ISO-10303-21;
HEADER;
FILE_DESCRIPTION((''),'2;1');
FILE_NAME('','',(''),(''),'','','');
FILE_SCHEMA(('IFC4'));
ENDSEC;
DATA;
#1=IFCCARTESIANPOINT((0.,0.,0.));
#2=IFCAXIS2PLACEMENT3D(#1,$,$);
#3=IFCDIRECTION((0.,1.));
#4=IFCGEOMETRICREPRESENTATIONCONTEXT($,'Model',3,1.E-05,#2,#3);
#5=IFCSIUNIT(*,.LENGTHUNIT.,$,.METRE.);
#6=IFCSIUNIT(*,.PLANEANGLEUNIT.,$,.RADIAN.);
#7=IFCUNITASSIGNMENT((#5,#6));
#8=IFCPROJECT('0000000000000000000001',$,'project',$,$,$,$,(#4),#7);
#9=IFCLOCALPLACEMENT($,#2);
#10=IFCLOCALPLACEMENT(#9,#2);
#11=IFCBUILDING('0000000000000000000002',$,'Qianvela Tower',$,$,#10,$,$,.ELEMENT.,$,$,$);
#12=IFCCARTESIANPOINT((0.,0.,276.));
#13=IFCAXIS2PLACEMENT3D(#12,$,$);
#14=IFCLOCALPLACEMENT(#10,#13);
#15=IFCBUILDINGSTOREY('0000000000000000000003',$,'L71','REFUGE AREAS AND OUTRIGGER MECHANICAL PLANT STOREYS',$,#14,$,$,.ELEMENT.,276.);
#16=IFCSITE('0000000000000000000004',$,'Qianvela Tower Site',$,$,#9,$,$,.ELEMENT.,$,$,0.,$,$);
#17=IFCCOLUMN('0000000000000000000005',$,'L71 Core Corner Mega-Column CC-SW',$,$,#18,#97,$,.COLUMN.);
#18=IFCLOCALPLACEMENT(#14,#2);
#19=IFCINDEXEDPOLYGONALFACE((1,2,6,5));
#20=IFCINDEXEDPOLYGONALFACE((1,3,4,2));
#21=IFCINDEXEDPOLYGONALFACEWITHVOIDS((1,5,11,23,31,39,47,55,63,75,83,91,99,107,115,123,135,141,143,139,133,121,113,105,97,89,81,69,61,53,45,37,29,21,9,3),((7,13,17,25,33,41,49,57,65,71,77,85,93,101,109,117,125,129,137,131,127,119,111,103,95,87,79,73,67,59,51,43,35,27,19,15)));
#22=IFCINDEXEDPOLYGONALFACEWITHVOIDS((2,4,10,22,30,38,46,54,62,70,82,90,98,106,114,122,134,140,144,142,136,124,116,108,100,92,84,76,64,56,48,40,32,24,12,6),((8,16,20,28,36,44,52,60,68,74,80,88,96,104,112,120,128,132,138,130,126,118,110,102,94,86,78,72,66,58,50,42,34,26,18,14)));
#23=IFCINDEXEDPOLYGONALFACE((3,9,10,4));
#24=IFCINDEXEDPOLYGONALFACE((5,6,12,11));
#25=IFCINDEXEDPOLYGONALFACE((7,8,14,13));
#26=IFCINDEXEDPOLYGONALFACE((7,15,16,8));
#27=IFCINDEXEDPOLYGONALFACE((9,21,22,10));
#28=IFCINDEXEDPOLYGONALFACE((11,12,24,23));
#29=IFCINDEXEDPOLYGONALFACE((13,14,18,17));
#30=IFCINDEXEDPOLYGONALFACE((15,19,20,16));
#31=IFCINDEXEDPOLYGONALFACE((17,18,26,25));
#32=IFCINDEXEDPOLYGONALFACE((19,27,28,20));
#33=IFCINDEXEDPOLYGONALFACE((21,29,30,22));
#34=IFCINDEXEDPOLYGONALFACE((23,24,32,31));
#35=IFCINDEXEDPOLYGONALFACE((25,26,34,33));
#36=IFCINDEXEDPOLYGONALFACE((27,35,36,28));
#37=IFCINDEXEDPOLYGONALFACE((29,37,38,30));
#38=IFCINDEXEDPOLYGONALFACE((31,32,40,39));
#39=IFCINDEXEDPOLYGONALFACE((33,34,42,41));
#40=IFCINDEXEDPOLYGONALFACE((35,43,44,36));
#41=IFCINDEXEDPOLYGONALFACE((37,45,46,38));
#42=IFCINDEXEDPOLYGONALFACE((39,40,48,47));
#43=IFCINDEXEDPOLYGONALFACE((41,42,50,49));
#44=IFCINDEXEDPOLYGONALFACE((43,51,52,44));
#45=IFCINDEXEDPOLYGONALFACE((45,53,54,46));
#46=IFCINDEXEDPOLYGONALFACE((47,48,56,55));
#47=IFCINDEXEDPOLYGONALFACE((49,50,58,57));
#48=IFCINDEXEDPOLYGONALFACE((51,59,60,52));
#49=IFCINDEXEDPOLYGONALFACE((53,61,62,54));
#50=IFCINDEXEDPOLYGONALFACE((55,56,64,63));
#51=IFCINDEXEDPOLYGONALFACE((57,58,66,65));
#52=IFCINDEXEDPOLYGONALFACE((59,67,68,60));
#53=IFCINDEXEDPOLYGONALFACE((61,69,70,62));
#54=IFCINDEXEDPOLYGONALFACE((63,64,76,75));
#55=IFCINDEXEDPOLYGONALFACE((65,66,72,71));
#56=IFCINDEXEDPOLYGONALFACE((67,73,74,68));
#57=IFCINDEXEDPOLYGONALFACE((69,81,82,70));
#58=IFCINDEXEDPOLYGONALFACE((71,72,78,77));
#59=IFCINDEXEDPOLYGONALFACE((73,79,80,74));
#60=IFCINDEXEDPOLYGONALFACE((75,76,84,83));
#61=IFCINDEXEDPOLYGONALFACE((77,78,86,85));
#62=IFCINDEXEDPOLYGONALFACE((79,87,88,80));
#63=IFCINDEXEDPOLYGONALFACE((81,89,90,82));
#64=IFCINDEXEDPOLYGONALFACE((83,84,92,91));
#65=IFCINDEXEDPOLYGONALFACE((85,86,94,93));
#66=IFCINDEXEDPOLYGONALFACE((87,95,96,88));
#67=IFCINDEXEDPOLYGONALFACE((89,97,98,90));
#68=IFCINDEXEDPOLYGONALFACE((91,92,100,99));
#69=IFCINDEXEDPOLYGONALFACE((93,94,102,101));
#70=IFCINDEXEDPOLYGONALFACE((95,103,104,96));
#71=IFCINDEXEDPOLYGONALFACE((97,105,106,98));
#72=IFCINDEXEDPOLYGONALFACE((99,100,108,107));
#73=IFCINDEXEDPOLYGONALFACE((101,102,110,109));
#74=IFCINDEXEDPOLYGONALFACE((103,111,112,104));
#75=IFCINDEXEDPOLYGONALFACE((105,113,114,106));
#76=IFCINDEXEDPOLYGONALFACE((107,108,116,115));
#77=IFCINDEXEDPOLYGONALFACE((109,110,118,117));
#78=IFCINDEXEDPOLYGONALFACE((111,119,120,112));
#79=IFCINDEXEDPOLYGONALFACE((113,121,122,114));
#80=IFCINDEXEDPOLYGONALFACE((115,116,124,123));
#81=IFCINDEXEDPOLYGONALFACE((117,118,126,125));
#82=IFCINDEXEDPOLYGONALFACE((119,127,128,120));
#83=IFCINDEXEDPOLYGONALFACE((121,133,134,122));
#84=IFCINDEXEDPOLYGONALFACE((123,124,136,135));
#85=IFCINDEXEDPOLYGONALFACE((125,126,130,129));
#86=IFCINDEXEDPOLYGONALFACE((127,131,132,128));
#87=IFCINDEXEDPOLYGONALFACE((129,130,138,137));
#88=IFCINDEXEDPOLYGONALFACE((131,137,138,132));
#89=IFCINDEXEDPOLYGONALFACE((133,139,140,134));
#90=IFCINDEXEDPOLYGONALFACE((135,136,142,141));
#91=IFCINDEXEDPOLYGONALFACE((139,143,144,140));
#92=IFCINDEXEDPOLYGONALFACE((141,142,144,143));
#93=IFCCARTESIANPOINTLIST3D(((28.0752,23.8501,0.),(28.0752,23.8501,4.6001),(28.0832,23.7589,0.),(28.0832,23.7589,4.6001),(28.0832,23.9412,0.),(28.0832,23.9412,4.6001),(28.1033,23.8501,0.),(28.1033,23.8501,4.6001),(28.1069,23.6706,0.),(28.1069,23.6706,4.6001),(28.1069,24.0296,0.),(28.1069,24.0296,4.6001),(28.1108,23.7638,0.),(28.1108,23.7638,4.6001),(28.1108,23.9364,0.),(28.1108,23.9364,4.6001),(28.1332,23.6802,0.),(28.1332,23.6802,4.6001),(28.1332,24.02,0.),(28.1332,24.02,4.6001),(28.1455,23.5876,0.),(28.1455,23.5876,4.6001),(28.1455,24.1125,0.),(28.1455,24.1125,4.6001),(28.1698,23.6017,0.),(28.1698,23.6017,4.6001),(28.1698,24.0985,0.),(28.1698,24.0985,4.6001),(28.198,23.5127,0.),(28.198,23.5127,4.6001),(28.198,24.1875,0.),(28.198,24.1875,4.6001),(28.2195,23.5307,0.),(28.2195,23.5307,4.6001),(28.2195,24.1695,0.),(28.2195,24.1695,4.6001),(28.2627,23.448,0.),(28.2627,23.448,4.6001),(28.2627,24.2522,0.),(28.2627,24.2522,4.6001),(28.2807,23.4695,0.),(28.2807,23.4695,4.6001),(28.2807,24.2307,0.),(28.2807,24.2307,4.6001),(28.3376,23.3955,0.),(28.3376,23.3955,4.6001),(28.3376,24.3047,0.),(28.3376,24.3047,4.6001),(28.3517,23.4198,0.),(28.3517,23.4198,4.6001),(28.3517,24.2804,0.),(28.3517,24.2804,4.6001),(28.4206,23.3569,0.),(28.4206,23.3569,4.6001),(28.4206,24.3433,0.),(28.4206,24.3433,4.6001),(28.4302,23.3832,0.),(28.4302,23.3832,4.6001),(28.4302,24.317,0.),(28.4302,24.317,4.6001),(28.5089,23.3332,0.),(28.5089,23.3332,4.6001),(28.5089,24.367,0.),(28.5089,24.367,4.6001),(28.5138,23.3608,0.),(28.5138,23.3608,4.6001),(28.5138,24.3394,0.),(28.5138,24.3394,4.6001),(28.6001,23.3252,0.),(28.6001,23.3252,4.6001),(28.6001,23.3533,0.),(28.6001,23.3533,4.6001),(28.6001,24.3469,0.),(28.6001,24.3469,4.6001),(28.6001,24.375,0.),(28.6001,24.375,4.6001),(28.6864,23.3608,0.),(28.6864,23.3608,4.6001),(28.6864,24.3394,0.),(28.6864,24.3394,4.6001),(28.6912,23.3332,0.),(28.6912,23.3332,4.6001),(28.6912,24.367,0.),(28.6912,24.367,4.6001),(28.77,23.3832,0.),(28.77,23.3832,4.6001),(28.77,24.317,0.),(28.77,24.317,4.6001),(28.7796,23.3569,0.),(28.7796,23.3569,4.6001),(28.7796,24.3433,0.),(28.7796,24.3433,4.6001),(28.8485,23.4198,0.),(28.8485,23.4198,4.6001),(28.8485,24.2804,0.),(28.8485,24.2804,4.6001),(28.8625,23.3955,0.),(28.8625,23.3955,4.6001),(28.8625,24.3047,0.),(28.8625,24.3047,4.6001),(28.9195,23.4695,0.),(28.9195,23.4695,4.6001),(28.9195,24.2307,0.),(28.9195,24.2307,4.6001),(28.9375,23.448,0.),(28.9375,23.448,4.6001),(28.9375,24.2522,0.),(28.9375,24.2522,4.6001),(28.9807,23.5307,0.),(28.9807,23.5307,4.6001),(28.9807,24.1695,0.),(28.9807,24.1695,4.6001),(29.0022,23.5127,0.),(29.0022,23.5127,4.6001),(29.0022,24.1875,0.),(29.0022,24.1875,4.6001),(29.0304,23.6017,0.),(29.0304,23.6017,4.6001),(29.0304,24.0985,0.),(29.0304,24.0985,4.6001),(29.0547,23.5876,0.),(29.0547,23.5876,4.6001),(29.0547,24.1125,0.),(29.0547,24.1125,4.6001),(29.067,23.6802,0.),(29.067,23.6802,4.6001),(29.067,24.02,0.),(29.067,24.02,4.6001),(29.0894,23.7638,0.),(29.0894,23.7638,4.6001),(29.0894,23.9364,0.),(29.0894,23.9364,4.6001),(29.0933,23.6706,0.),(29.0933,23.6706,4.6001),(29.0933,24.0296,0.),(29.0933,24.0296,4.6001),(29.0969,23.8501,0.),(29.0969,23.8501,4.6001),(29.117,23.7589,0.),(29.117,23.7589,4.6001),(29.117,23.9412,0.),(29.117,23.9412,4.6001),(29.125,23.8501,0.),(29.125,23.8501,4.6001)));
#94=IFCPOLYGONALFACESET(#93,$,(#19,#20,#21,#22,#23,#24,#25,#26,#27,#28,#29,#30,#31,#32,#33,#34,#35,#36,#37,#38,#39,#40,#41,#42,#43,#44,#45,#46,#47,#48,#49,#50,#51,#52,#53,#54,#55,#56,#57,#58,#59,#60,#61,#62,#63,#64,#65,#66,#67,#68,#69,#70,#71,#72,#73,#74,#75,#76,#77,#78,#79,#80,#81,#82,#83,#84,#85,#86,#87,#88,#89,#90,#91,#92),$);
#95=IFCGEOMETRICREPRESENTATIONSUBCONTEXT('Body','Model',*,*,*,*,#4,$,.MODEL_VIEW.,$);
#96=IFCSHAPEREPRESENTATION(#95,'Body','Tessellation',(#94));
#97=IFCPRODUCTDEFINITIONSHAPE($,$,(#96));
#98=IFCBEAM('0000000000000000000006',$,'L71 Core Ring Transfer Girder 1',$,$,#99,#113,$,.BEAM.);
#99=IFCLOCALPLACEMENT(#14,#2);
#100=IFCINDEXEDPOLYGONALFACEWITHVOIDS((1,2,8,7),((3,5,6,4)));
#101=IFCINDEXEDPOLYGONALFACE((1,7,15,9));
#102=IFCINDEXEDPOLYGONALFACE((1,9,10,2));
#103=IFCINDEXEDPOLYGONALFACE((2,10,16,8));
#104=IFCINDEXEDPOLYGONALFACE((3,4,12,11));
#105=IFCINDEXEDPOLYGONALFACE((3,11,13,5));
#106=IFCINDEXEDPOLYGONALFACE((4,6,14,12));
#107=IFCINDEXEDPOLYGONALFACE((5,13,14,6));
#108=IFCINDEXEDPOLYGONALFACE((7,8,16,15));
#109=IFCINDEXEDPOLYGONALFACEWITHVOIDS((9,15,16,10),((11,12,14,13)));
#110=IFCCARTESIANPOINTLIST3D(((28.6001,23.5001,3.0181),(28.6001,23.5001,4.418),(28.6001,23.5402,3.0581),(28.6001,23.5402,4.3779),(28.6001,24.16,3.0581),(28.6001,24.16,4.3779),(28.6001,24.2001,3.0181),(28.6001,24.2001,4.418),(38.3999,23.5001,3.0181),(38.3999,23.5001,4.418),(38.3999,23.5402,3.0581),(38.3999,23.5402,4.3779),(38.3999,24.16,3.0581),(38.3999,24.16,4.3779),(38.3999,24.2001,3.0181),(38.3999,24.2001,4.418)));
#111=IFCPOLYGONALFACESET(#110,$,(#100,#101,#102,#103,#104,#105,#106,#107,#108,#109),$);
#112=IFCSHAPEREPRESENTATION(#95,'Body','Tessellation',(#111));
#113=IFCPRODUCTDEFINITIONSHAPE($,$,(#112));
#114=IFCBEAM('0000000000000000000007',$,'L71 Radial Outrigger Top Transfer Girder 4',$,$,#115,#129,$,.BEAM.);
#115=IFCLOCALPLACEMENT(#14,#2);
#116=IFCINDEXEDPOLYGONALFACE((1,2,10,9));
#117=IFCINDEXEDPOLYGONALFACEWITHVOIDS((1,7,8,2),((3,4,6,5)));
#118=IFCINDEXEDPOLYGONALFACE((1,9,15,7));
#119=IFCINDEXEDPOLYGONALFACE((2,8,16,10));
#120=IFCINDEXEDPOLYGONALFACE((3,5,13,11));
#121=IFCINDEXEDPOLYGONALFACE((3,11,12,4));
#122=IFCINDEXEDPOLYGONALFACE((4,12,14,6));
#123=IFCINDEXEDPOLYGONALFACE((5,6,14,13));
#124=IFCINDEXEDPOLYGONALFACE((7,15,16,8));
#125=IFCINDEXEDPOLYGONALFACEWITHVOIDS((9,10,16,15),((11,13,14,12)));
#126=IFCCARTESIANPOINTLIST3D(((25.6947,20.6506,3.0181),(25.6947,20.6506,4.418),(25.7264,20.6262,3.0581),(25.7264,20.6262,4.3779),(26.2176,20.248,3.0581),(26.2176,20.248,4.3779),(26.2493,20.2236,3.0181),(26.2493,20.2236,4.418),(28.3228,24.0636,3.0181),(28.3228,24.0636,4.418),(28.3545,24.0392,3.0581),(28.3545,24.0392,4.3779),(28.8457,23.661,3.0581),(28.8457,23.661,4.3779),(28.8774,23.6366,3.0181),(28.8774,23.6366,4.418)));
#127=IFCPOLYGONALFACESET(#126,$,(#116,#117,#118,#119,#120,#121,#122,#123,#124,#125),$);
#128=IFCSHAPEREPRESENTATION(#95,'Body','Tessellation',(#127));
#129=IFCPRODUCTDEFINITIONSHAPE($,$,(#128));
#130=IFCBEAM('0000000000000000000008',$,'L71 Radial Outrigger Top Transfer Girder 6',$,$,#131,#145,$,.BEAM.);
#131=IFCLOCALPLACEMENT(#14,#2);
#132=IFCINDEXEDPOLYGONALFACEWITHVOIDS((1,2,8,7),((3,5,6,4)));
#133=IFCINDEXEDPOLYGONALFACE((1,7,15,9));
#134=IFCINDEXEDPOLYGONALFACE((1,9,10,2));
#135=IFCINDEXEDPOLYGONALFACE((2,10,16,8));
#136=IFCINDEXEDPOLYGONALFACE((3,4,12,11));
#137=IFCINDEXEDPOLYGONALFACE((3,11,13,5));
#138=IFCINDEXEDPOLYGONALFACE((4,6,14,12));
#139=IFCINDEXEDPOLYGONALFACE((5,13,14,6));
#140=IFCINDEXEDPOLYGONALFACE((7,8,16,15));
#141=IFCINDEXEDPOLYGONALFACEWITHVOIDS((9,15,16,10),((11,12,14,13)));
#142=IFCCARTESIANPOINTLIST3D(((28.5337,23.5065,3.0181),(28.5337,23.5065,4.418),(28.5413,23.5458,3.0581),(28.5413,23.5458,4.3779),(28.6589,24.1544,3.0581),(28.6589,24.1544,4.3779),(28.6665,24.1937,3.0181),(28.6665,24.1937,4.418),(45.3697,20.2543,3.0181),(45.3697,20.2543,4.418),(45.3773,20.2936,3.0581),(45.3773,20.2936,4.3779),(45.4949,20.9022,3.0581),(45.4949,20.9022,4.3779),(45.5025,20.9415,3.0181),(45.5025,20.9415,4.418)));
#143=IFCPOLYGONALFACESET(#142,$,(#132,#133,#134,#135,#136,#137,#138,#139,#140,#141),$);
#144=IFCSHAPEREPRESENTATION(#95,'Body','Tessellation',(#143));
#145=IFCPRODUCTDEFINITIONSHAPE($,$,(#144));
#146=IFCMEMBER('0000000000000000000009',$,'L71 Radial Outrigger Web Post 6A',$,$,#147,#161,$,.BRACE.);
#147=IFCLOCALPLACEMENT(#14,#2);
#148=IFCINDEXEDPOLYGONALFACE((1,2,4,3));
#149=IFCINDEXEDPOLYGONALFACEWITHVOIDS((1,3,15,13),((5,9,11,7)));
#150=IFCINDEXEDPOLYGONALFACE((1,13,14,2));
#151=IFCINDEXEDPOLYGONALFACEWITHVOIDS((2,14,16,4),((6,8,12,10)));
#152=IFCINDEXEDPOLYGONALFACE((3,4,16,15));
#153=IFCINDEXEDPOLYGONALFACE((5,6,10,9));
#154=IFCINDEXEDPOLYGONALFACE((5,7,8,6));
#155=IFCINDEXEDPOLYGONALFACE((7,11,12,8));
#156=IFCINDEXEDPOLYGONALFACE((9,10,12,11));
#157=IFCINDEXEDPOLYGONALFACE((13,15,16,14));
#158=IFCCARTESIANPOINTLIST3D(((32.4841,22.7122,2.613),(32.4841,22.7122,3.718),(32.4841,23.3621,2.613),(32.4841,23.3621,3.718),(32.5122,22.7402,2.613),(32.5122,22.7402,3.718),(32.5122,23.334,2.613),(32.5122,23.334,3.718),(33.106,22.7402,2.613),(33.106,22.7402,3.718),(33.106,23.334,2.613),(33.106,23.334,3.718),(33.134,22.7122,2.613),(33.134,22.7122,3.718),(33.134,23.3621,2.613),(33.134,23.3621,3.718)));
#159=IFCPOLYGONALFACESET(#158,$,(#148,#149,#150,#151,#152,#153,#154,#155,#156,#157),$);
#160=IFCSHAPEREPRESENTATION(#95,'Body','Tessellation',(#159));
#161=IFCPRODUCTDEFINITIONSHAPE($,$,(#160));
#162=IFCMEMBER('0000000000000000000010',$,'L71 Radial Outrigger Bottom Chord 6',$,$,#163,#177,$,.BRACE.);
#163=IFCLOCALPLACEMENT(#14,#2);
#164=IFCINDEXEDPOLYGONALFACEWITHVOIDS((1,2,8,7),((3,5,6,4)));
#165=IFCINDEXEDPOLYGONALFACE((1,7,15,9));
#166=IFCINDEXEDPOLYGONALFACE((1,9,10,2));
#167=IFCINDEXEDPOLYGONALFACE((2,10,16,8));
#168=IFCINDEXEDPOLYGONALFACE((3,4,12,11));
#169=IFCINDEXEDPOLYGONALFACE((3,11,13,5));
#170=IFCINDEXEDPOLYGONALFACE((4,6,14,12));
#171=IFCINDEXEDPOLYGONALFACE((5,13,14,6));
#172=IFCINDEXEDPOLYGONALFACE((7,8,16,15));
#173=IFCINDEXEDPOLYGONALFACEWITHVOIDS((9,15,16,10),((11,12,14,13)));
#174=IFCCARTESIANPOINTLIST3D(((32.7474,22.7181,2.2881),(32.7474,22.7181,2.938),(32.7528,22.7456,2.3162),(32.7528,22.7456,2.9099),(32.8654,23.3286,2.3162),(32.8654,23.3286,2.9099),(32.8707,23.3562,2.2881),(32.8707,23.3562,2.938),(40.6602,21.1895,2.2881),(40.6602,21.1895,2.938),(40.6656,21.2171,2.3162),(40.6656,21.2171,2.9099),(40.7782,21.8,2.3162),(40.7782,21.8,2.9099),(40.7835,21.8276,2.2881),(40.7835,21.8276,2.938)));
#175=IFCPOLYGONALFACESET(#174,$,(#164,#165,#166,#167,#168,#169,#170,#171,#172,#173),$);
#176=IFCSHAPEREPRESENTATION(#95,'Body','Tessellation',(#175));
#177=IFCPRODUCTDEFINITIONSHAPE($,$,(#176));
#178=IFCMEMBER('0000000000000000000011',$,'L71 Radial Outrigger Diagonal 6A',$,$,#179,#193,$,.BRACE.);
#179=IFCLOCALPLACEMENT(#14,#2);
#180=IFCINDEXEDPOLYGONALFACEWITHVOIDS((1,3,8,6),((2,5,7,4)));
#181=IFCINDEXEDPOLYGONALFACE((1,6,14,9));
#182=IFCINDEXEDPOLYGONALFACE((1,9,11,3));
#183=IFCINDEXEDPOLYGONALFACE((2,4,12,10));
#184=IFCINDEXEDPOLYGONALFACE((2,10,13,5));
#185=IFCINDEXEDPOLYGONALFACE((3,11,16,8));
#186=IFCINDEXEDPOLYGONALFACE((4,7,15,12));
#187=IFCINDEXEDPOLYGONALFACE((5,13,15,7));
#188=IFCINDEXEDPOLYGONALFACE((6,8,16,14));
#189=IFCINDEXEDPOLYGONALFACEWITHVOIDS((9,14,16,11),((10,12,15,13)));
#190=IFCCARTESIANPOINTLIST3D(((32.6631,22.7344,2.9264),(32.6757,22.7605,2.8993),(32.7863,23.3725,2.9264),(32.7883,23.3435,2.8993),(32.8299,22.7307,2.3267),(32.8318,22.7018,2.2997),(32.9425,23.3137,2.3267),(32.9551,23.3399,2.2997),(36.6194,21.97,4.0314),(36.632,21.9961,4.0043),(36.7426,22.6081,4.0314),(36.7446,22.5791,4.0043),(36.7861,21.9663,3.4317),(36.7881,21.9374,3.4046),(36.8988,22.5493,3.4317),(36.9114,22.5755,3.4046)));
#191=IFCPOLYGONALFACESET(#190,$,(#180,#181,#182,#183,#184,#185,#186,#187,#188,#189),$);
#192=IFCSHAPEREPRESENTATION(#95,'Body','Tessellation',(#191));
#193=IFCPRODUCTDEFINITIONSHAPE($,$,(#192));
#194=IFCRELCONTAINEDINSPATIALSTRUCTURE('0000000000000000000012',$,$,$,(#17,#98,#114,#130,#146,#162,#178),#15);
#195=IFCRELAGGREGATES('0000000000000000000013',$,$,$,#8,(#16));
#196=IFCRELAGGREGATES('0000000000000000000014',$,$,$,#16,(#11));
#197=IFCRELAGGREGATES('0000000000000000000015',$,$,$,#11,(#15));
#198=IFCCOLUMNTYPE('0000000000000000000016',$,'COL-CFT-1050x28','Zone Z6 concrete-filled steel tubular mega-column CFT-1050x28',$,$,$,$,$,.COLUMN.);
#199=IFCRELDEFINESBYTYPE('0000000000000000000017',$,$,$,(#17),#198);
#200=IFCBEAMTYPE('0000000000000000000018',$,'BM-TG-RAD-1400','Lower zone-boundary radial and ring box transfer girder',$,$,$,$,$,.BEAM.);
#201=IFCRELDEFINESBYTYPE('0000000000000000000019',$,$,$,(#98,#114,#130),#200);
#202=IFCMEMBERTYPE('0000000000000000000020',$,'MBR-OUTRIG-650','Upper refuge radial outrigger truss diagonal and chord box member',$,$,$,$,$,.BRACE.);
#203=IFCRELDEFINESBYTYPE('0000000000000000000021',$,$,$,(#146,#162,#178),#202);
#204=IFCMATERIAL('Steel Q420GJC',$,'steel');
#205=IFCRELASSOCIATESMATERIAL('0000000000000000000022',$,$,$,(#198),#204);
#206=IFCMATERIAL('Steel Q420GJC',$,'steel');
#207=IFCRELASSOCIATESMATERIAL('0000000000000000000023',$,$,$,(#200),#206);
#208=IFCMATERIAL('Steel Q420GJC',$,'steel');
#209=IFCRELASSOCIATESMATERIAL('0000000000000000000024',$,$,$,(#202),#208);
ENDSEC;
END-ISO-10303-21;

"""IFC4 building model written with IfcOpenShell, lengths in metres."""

from ifc_helpers import new_model, si_unit, direction, frame, origin, origin_2d, place, context, subcontext, project, spatial, hollow_rectangle, hollow_circle, extrude, material, material_profile, profile_set, type_object, element, save


model = new_model("IFC4")

# Units and contexts
model_context = context("Model", 3, precision=1e-05, world=origin(), true_north=direction((0.0, 1.0)))
body_context = subcontext(model_context, "Body", "Model", "MODEL_VIEW")
ifc_project = project(units=[si_unit("LENGTHUNIT", "METRE"), si_unit("PLANEANGLEUNIT", "RADIAN")], contexts=[model_context])

# Site, building, storey
site_placement = place(None, origin())
site = spatial("IfcSite", under=ifc_project, at=site_placement, Name="Qianvela Tower Site", CompositionType="ELEMENT", RefElevation=0.0)
building_placement = place(site_placement, origin())
building = spatial("IfcBuilding", under=site, at=building_placement, Name="Qianvela Tower", CompositionType="ELEMENT")
storey_placement = place(building_placement, frame((0.0, 0.0, 276.0)))
storey = spatial("IfcBuildingStorey", under=building, at=storey_placement, Name="L71", Description="REFUGE AREAS AND OUTRIGGER MECHANICAL PLANT STOREYS", CompositionType="ELEMENT", Elevation=276.0)

# Column
ifc_material_1 = material(Name="Steel Q420GJC", Category="steel")
ifc_material_profile_1 = material_profile(ifc_material_1, hollow_circle(Radius=0.5249, WallThickness=0.0281, at=origin_2d()), Name="CFT-1050x28")
ifc_profile_set_1 = profile_set([ifc_material_profile_1], Name="Steel Q420GJC")
column_type = type_object("IfcColumnType", Name="COL-CFT-1050x28", Description="Zone Z6 concrete-filled steel tubular mega-column CFT-1050x28", PredefinedType="COLUMN", material=ifc_profile_set_1)
column_placement = place(storey_placement, frame((28.6001, 23.8501, 0.0), z_axis=(0.0, 0.0, 1.0), x_axis=(1.0, 0.0, 0.0)))
element("IfcColumn", 1, at=column_placement, inside=storey, type_object=column_type, Name="L71 Core Corner Mega-Column CC-SW", PredefinedType="COLUMN", context=body_context, shape_type="SweptSolid", body=[
    extrude(hollow_circle(Radius=0.5249, WallThickness=0.0281, at=origin_2d()), origin(), (0.0, 0.0, 1.0), 4.6001),
])

# Beams
ifc_material_2 = material(Name="Steel Q420GJC", Category="steel")
ifc_material_profile_2 = material_profile(ifc_material_2, hollow_rectangle(XDim=0.7, YDim=1.3999, WallThickness=0.04, at=origin_2d()), Name="TG-BOX-1400x700x40")
ifc_profile_set_2 = profile_set([ifc_material_profile_2], Name="Steel Q420GJC")
beam_type = type_object("IfcBeamType", Name="BM-TG-RAD-1400", Description="Lower zone-boundary radial and ring box transfer girder", PredefinedType="BEAM", material=ifc_profile_set_2)
beam_1_placement = place(storey_placement, frame((28.6001, 23.8501, 3.718), z_axis=(1.0, 0.0, 0.0), x_axis=(0.0, 1.0, 0.0)))
element("IfcBeam", 2, at=beam_1_placement, inside=storey, type_object=beam_type, Name="L71 Core Ring Transfer Girder 1", PredefinedType="BEAM", context=body_context, shape_type="SweptSolid", body=[
    extrude(hollow_rectangle(XDim=0.7, YDim=1.3999, WallThickness=0.04, at=origin_2d()), origin(), (0.0, 0.0, 1.0), 9.7998),
])
beam_2_placement = place(storey_placement, frame((28.6001, 23.8501, 3.718), z_axis=(-0.610108, -0.792318, 0.0), x_axis=(0.792318, -0.610108, 0.0)))
element("IfcBeam", 3, at=beam_2_placement, inside=storey, type_object=beam_type, Name="L71 Radial Outrigger Top Transfer Girder 4", PredefinedType="BEAM", context=body_context, shape_type="SweptSolid", body=[
    extrude(hollow_rectangle(XDim=0.7, YDim=1.3999, WallThickness=0.04, at=origin_2d()), origin(), (0.0, 0.0, 1.0), 4.3076),
])
beam_3_placement = place(storey_placement, frame((28.6001, 23.8501, 3.718), z_axis=(0.981849, -0.189664, 0.0), x_axis=(0.189664, 0.981849, 0.0)))
element("IfcBeam", 4, at=beam_3_placement, inside=storey, type_object=beam_type, Name="L71 Radial Outrigger Top Transfer Girder 6", PredefinedType="BEAM", context=body_context, shape_type="SweptSolid", body=[
    extrude(hollow_rectangle(XDim=0.7, YDim=1.3999, WallThickness=0.04, at=origin_2d()), origin(), (0.0, 0.0, 1.0), 17.1472),
])

# Members
ifc_material_3 = material(Name="Steel Q420GJC", Category="steel")
ifc_material_profile_3 = material_profile(ifc_material_3, hollow_rectangle(XDim=0.6499, YDim=0.6499, WallThickness=0.0281, at=origin_2d()), Name="OBOX-650x650x28")
ifc_profile_set_3 = profile_set([ifc_material_profile_3], Name="Steel Q420GJC")
member_type = type_object("IfcMemberType", Name="MBR-OUTRIG-650", Description="Upper refuge radial outrigger truss diagonal and chord box member", PredefinedType="BRACE", material=ifc_profile_set_3)
member_1_placement = place(storey_placement, frame((32.8091, 23.0371, 2.613), z_axis=(0.0, 0.0, 1.0), x_axis=(1.0, 0.0, 0.0)))
element("IfcMember", 5, at=member_1_placement, inside=storey, type_object=member_type, Name="L71 Radial Outrigger Web Post 6A", PredefinedType="BRACE", context=body_context, shape_type="SweptSolid", body=[
    extrude(hollow_rectangle(XDim=0.6499, YDim=0.6499, WallThickness=0.0281, at=origin_2d()), origin(), (0.0, 0.0, 1.0), 1.105),
])
member_2_placement = place(storey_placement, frame((32.8091, 23.0371, 2.613), z_axis=(0.981848, -0.189669, 0.0), x_axis=(0.189669, 0.981848, 0.0)))
element("IfcMember", 6, at=member_2_placement, inside=storey, type_object=member_type, Name="L71 Radial Outrigger Bottom Chord 6", PredefinedType="BRACE", context=body_context, shape_type="SweptSolid", body=[
    extrude(hollow_rectangle(XDim=0.6499, YDim=0.6499, WallThickness=0.0281, at=origin_2d()), origin(), (0.0, 0.0, 1.0), 8.0591),
])
member_3_placement = place(storey_placement, frame((32.8091, 23.0371, 2.613), z_axis=(0.946884, -0.182949, 0.264461), x_axis=(0.189704, 0.981841, 0.0)))
element("IfcMember", 7, at=member_3_placement, inside=storey, type_object=member_type, Name="L71 Radial Outrigger Diagonal 6A", PredefinedType="BRACE", context=body_context, shape_type="SweptSolid", body=[
    extrude(hollow_rectangle(XDim=0.6499, YDim=0.6499, WallThickness=0.0281, at=origin_2d()), origin(), (0.0, 0.0, 1.0), 4.1782),
])

save(model, "model.ifc")
